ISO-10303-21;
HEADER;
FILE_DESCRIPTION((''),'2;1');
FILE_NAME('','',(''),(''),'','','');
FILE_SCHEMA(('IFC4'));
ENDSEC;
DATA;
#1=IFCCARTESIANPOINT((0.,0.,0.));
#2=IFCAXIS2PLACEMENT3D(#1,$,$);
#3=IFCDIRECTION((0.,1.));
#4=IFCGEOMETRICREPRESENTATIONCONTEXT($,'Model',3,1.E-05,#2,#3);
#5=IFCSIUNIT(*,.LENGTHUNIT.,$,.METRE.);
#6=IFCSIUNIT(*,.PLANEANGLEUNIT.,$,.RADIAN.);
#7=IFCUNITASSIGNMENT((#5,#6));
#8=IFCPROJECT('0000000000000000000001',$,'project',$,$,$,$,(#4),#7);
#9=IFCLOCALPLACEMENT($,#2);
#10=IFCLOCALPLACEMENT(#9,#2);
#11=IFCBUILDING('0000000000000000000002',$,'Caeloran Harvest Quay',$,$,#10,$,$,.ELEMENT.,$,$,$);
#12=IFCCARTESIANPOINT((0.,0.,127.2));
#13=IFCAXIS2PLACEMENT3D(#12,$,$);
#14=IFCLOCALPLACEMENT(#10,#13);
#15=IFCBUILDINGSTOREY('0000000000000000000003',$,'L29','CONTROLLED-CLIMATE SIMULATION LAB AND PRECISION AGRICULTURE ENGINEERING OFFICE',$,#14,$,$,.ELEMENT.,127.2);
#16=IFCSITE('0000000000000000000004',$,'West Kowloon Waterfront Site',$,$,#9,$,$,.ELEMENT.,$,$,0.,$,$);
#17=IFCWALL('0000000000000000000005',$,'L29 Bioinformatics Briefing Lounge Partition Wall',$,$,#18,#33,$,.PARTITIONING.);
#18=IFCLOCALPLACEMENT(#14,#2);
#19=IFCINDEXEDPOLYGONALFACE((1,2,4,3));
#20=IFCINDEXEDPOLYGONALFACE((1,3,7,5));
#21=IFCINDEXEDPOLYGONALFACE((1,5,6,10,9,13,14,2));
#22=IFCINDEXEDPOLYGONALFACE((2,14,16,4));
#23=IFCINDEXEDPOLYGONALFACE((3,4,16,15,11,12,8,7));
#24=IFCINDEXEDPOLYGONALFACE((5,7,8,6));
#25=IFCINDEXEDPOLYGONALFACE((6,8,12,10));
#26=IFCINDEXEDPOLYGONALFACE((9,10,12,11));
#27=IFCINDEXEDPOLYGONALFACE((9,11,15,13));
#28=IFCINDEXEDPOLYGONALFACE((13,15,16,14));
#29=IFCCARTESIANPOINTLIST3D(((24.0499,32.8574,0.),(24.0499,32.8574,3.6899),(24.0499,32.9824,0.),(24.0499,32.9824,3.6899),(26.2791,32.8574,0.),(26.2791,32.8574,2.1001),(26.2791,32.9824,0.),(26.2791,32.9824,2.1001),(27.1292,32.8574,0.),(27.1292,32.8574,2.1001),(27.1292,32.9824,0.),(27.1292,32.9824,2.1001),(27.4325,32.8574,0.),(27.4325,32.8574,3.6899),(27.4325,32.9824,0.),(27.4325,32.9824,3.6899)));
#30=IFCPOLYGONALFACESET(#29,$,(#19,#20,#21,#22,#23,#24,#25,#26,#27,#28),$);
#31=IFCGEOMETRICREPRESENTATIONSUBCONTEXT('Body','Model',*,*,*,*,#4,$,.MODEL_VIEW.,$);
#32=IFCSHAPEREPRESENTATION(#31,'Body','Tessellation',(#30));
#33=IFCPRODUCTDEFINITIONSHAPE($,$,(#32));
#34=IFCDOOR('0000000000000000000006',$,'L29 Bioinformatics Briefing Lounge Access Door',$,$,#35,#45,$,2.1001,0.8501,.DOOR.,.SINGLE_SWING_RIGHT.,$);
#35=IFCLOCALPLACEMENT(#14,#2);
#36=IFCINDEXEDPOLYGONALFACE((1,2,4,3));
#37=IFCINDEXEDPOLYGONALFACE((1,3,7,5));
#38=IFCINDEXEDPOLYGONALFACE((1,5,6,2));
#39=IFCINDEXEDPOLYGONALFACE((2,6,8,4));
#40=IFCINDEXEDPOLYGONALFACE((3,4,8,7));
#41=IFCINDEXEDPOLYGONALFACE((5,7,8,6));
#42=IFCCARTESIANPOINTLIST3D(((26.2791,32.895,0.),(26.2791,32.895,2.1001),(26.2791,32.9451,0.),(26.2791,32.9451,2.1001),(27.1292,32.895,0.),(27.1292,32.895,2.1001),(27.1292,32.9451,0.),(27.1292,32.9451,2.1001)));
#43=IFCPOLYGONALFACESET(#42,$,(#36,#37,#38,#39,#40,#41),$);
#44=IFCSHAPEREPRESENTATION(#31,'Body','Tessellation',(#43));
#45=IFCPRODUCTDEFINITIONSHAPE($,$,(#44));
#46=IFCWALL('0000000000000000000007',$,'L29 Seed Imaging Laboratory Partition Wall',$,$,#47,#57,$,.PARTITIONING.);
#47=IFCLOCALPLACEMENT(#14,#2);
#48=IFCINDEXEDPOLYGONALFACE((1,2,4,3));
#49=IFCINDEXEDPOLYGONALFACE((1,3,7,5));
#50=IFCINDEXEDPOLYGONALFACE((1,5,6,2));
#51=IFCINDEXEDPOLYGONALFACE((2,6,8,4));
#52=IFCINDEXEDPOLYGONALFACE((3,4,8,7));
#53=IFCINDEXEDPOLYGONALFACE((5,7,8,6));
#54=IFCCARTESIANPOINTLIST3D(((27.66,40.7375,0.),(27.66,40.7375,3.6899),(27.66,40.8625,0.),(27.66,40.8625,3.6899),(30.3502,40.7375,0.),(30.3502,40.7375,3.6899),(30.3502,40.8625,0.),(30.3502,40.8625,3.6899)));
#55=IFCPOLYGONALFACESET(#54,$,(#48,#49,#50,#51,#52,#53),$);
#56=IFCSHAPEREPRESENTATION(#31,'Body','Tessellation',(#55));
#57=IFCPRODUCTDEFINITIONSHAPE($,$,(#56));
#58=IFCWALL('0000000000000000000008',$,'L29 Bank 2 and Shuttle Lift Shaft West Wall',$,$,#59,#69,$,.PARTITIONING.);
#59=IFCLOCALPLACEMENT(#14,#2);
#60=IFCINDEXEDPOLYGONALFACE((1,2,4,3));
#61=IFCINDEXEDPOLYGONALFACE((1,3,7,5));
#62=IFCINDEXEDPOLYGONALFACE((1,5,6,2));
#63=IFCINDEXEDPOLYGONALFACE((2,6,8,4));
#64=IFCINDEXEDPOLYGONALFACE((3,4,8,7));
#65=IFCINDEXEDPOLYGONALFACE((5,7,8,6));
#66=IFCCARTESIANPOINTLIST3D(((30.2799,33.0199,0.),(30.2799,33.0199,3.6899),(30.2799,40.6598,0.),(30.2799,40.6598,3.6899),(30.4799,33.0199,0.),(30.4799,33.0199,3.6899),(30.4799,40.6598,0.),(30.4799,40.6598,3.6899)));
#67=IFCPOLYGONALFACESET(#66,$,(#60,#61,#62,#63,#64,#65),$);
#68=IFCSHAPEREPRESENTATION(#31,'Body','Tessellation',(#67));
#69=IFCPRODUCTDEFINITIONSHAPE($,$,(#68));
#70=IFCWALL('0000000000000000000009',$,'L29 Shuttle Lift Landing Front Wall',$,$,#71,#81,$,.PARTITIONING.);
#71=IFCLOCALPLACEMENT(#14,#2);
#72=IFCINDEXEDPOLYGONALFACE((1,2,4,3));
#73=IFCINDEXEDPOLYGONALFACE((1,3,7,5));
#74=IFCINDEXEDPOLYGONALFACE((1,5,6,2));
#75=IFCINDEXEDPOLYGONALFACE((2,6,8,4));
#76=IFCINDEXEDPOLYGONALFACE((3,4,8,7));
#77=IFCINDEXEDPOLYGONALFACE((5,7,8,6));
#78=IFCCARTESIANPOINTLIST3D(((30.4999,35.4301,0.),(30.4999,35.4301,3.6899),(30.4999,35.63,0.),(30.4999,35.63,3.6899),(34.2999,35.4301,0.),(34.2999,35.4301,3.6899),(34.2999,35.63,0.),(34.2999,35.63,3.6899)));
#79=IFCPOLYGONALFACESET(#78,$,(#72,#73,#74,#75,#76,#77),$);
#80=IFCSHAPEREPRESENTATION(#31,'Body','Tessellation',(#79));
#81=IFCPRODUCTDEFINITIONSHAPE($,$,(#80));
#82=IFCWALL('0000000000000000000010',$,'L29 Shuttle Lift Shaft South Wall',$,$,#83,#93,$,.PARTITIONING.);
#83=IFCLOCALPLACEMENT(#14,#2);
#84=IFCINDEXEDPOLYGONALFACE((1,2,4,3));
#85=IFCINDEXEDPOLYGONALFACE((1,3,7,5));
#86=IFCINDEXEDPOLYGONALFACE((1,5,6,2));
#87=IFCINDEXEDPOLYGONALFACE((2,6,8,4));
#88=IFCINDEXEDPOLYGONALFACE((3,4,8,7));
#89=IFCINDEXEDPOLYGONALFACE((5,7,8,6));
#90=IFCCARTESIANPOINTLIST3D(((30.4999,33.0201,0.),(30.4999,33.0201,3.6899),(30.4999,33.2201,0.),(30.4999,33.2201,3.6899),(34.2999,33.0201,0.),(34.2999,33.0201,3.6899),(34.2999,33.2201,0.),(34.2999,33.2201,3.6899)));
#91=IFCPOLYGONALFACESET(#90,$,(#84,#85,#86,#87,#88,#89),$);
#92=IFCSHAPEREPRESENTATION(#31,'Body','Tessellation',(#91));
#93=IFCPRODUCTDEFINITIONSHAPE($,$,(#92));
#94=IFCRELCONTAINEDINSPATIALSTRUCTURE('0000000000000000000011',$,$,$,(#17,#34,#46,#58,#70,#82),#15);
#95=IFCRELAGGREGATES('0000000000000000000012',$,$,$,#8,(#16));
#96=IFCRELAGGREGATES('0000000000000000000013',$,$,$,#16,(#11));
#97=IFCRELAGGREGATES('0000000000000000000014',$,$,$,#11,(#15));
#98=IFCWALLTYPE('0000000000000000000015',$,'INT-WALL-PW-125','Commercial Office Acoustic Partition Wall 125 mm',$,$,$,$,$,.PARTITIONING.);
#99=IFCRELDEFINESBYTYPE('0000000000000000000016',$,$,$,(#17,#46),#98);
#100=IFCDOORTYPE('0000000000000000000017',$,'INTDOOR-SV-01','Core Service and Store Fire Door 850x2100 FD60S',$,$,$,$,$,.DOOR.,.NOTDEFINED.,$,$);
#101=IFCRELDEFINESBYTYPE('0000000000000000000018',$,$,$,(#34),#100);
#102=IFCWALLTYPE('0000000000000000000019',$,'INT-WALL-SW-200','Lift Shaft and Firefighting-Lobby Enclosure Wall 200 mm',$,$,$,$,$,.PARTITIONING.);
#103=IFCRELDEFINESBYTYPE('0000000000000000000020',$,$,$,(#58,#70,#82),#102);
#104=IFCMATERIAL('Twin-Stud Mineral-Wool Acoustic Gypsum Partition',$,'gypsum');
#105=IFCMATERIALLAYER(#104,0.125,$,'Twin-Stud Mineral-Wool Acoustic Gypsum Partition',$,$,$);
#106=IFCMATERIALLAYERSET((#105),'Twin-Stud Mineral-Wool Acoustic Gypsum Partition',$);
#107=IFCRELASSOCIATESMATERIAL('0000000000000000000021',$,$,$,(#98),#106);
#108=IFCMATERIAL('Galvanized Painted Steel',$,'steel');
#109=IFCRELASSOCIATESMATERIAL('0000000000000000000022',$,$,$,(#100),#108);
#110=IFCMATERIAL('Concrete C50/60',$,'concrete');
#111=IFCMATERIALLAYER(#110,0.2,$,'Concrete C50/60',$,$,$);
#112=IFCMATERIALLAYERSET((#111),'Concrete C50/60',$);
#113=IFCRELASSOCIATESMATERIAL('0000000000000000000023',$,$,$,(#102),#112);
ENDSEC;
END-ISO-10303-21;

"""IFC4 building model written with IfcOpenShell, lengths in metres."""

from ifc_helpers import new_model, si_unit, direction, frame, frame_2d, origin, place, context, subcontext, project, spatial, rectangle, extrude, material, layer, layer_set, type_object, element, fill, save


model = new_model("IFC4")

# Units and contexts
model_context = context("Model", 3, precision=1e-05, world=origin(), true_north=direction((0.0, 1.0)))
body_context = subcontext(model_context, "Body", "Model", "MODEL_VIEW")
ifc_project = project(units=[si_unit("LENGTHUNIT", "METRE"), si_unit("PLANEANGLEUNIT", "RADIAN")], contexts=[model_context])

# Site, building, storey
site_placement = place(None, origin())
site = spatial("IfcSite", under=ifc_project, at=site_placement, Name="West Kowloon Waterfront Site", CompositionType="ELEMENT", RefElevation=0.0)
building_placement = place(site_placement, origin())
building = spatial("IfcBuilding", under=site, at=building_placement, Name="Caeloran Harvest Quay", CompositionType="ELEMENT")
storey_placement = place(building_placement, frame((0.0, 0.0, 127.2)))
storey = spatial("IfcBuildingStorey", under=building, at=storey_placement, Name="L29", Description="CONTROLLED-CLIMATE SIMULATION LAB AND PRECISION AGRICULTURE ENGINEERING OFFICE", CompositionType="ELEMENT", Elevation=127.2)

# Shared definitions
ifc_material_1 = material(Name="Twin-Stud Mineral-Wool Acoustic Gypsum Partition", Category="gypsum")
ifc_layer_1 = layer(ifc_material_1, 0.125, Name="Twin-Stud Mineral-Wool Acoustic Gypsum Partition")
ifc_layer_set_1 = layer_set([ifc_layer_1], Name="Twin-Stud Mineral-Wool Acoustic Gypsum Partition")
wall_type_1 = type_object("IfcWallType", Name="INT-WALL-PW-125", Description="Commercial Office Acoustic Partition Wall 125 mm", PredefinedType="PARTITIONING", material=ifc_layer_set_1)

# Wall, opening, door
wall_1_placement = place(storey_placement, frame((27.4326, 32.9199, 0.0), z_axis=(0.0, 0.0, 1.0), x_axis=(-1.0, 0.0, 0.0)))
wall_1 = element("IfcWall", 1, at=wall_1_placement, inside=storey, type_object=wall_type_1, Name="L29 Bioinformatics Briefing Lounge Partition Wall", PredefinedType="PARTITIONING", context=body_context, shape_type="SweptSolid", body=[
    extrude(rectangle(XDim=3.3826, YDim=0.125, at=frame_2d((1.6914, 0.0))), origin(), (0.0, 0.0, 1.0), 3.6899),
])
opening_1_placement = place(wall_1_placement, frame((0.3035, 0.0, 0.0)))
opening_1 = element("IfcOpeningElement", 2, at=opening_1_placement, cuts=wall_1, PredefinedType="OPENING", context=body_context, shape_type="SweptSolid", body=[
    extrude(rectangle(XDim=0.8501, YDim=2.1001, at=frame_2d((0.425, 1.05))), frame((0.0, 0.0725, 0.0), z_axis=(0.0, -1.0, 0.0), x_axis=(1.0, 0.0, 0.0)), (0.0, 0.0, 1.0), 0.145),
])
ifc_material_2 = material(Name="Galvanized Painted Steel", Category="steel")
door_type_1 = type_object("IfcDoorType", Name="INTDOOR-SV-01", Description="Core Service and Store Fire Door 850x2100 FD60S", OperationType="NOTDEFINED", PredefinedType="DOOR", material=ifc_material_2)
door_1_placement = place(opening_1_placement, origin())
door_1 = element("IfcDoor", 3, at=door_1_placement, inside=storey, type_object=door_type_1, Name="L29 Bioinformatics Briefing Lounge Access Door", OperationType="SINGLE_SWING_RIGHT", OverallHeight=2.1001, OverallWidth=0.8501, PredefinedType="DOOR", context=body_context, shape_type="SweptSolid", body=[
    extrude(rectangle(XDim=0.8501, YDim=2.1001, at=frame_2d((0.425, 1.05))), frame((0.0, 0.0249, 0.0), z_axis=(0.0, -1.0, 0.0), x_axis=(1.0, 0.0, 0.0)), (0.0, 0.0, 1.0), 0.05),
])
fill(opening_1, door_1)

# Walls
wall_2_placement = place(storey_placement, frame((27.6599, 40.8, 0.0), z_axis=(0.0, 0.0, 1.0), x_axis=(1.0, 0.0, 0.0)))
element("IfcWall", 4, at=wall_2_placement, inside=storey, type_object=wall_type_1, Name="L29 Seed Imaging Laboratory Partition Wall", PredefinedType="PARTITIONING", context=body_context, shape_type="SweptSolid", body=[
    extrude(rectangle(XDim=2.6902, YDim=0.125, at=frame_2d((1.3452, 0.0))), origin(), (0.0, 0.0, 1.0), 3.6899),
])
ifc_material_3 = material(Name="Concrete C50/60", Category="concrete")
ifc_layer_2 = layer(ifc_material_3, 0.2, Name="Concrete C50/60")
ifc_layer_set_2 = layer_set([ifc_layer_2], Name="Concrete C50/60")
wall_type_2 = type_object("IfcWallType", Name="INT-WALL-SW-200", Description="Lift Shaft and Firefighting-Lobby Enclosure Wall 200 mm", PredefinedType="PARTITIONING", material=ifc_layer_set_2)
wall_3_placement = place(storey_placement, frame((30.3799, 33.02, 0.0), z_axis=(0.0, 0.0, 1.0), x_axis=(0.0, 1.0, 0.0)))
element("IfcWall", 5, at=wall_3_placement, inside=storey, type_object=wall_type_2, Name="L29 Bank 2 and Shuttle Lift Shaft West Wall", PredefinedType="PARTITIONING", context=body_context, shape_type="SweptSolid", body=[
    extrude(rectangle(XDim=7.6399, YDim=0.2, at=frame_2d((3.8198, 0.0))), origin(), (0.0, 0.0, 1.0), 3.6899),
])
for number, where, z_axis, x_axis, name in (
    (6, (30.5, 35.53, 0.0), (0.0, 0.0, 1.0), (1.0, 0.0, 0.0), "L29 Shuttle Lift Landing Front Wall"),
    (7, (30.5, 33.1201, 0.0), (0.0, 0.0, 1.0), (1.0, 0.0, 0.0), "L29 Shuttle Lift Shaft South Wall"),
):
    element("IfcWall", number, at=place(storey_placement, frame(where, z_axis=z_axis, x_axis=x_axis)), inside=storey, type_object=wall_type_2, Name=name, PredefinedType="PARTITIONING", context=body_context, shape_type="SweptSolid", body=[
        extrude(rectangle(XDim=3.8, YDim=0.2, at=frame_2d((1.8999, 0.0))), origin(), (0.0, 0.0, 1.0), 3.6899),
    ])

save(model, "model.ifc")
